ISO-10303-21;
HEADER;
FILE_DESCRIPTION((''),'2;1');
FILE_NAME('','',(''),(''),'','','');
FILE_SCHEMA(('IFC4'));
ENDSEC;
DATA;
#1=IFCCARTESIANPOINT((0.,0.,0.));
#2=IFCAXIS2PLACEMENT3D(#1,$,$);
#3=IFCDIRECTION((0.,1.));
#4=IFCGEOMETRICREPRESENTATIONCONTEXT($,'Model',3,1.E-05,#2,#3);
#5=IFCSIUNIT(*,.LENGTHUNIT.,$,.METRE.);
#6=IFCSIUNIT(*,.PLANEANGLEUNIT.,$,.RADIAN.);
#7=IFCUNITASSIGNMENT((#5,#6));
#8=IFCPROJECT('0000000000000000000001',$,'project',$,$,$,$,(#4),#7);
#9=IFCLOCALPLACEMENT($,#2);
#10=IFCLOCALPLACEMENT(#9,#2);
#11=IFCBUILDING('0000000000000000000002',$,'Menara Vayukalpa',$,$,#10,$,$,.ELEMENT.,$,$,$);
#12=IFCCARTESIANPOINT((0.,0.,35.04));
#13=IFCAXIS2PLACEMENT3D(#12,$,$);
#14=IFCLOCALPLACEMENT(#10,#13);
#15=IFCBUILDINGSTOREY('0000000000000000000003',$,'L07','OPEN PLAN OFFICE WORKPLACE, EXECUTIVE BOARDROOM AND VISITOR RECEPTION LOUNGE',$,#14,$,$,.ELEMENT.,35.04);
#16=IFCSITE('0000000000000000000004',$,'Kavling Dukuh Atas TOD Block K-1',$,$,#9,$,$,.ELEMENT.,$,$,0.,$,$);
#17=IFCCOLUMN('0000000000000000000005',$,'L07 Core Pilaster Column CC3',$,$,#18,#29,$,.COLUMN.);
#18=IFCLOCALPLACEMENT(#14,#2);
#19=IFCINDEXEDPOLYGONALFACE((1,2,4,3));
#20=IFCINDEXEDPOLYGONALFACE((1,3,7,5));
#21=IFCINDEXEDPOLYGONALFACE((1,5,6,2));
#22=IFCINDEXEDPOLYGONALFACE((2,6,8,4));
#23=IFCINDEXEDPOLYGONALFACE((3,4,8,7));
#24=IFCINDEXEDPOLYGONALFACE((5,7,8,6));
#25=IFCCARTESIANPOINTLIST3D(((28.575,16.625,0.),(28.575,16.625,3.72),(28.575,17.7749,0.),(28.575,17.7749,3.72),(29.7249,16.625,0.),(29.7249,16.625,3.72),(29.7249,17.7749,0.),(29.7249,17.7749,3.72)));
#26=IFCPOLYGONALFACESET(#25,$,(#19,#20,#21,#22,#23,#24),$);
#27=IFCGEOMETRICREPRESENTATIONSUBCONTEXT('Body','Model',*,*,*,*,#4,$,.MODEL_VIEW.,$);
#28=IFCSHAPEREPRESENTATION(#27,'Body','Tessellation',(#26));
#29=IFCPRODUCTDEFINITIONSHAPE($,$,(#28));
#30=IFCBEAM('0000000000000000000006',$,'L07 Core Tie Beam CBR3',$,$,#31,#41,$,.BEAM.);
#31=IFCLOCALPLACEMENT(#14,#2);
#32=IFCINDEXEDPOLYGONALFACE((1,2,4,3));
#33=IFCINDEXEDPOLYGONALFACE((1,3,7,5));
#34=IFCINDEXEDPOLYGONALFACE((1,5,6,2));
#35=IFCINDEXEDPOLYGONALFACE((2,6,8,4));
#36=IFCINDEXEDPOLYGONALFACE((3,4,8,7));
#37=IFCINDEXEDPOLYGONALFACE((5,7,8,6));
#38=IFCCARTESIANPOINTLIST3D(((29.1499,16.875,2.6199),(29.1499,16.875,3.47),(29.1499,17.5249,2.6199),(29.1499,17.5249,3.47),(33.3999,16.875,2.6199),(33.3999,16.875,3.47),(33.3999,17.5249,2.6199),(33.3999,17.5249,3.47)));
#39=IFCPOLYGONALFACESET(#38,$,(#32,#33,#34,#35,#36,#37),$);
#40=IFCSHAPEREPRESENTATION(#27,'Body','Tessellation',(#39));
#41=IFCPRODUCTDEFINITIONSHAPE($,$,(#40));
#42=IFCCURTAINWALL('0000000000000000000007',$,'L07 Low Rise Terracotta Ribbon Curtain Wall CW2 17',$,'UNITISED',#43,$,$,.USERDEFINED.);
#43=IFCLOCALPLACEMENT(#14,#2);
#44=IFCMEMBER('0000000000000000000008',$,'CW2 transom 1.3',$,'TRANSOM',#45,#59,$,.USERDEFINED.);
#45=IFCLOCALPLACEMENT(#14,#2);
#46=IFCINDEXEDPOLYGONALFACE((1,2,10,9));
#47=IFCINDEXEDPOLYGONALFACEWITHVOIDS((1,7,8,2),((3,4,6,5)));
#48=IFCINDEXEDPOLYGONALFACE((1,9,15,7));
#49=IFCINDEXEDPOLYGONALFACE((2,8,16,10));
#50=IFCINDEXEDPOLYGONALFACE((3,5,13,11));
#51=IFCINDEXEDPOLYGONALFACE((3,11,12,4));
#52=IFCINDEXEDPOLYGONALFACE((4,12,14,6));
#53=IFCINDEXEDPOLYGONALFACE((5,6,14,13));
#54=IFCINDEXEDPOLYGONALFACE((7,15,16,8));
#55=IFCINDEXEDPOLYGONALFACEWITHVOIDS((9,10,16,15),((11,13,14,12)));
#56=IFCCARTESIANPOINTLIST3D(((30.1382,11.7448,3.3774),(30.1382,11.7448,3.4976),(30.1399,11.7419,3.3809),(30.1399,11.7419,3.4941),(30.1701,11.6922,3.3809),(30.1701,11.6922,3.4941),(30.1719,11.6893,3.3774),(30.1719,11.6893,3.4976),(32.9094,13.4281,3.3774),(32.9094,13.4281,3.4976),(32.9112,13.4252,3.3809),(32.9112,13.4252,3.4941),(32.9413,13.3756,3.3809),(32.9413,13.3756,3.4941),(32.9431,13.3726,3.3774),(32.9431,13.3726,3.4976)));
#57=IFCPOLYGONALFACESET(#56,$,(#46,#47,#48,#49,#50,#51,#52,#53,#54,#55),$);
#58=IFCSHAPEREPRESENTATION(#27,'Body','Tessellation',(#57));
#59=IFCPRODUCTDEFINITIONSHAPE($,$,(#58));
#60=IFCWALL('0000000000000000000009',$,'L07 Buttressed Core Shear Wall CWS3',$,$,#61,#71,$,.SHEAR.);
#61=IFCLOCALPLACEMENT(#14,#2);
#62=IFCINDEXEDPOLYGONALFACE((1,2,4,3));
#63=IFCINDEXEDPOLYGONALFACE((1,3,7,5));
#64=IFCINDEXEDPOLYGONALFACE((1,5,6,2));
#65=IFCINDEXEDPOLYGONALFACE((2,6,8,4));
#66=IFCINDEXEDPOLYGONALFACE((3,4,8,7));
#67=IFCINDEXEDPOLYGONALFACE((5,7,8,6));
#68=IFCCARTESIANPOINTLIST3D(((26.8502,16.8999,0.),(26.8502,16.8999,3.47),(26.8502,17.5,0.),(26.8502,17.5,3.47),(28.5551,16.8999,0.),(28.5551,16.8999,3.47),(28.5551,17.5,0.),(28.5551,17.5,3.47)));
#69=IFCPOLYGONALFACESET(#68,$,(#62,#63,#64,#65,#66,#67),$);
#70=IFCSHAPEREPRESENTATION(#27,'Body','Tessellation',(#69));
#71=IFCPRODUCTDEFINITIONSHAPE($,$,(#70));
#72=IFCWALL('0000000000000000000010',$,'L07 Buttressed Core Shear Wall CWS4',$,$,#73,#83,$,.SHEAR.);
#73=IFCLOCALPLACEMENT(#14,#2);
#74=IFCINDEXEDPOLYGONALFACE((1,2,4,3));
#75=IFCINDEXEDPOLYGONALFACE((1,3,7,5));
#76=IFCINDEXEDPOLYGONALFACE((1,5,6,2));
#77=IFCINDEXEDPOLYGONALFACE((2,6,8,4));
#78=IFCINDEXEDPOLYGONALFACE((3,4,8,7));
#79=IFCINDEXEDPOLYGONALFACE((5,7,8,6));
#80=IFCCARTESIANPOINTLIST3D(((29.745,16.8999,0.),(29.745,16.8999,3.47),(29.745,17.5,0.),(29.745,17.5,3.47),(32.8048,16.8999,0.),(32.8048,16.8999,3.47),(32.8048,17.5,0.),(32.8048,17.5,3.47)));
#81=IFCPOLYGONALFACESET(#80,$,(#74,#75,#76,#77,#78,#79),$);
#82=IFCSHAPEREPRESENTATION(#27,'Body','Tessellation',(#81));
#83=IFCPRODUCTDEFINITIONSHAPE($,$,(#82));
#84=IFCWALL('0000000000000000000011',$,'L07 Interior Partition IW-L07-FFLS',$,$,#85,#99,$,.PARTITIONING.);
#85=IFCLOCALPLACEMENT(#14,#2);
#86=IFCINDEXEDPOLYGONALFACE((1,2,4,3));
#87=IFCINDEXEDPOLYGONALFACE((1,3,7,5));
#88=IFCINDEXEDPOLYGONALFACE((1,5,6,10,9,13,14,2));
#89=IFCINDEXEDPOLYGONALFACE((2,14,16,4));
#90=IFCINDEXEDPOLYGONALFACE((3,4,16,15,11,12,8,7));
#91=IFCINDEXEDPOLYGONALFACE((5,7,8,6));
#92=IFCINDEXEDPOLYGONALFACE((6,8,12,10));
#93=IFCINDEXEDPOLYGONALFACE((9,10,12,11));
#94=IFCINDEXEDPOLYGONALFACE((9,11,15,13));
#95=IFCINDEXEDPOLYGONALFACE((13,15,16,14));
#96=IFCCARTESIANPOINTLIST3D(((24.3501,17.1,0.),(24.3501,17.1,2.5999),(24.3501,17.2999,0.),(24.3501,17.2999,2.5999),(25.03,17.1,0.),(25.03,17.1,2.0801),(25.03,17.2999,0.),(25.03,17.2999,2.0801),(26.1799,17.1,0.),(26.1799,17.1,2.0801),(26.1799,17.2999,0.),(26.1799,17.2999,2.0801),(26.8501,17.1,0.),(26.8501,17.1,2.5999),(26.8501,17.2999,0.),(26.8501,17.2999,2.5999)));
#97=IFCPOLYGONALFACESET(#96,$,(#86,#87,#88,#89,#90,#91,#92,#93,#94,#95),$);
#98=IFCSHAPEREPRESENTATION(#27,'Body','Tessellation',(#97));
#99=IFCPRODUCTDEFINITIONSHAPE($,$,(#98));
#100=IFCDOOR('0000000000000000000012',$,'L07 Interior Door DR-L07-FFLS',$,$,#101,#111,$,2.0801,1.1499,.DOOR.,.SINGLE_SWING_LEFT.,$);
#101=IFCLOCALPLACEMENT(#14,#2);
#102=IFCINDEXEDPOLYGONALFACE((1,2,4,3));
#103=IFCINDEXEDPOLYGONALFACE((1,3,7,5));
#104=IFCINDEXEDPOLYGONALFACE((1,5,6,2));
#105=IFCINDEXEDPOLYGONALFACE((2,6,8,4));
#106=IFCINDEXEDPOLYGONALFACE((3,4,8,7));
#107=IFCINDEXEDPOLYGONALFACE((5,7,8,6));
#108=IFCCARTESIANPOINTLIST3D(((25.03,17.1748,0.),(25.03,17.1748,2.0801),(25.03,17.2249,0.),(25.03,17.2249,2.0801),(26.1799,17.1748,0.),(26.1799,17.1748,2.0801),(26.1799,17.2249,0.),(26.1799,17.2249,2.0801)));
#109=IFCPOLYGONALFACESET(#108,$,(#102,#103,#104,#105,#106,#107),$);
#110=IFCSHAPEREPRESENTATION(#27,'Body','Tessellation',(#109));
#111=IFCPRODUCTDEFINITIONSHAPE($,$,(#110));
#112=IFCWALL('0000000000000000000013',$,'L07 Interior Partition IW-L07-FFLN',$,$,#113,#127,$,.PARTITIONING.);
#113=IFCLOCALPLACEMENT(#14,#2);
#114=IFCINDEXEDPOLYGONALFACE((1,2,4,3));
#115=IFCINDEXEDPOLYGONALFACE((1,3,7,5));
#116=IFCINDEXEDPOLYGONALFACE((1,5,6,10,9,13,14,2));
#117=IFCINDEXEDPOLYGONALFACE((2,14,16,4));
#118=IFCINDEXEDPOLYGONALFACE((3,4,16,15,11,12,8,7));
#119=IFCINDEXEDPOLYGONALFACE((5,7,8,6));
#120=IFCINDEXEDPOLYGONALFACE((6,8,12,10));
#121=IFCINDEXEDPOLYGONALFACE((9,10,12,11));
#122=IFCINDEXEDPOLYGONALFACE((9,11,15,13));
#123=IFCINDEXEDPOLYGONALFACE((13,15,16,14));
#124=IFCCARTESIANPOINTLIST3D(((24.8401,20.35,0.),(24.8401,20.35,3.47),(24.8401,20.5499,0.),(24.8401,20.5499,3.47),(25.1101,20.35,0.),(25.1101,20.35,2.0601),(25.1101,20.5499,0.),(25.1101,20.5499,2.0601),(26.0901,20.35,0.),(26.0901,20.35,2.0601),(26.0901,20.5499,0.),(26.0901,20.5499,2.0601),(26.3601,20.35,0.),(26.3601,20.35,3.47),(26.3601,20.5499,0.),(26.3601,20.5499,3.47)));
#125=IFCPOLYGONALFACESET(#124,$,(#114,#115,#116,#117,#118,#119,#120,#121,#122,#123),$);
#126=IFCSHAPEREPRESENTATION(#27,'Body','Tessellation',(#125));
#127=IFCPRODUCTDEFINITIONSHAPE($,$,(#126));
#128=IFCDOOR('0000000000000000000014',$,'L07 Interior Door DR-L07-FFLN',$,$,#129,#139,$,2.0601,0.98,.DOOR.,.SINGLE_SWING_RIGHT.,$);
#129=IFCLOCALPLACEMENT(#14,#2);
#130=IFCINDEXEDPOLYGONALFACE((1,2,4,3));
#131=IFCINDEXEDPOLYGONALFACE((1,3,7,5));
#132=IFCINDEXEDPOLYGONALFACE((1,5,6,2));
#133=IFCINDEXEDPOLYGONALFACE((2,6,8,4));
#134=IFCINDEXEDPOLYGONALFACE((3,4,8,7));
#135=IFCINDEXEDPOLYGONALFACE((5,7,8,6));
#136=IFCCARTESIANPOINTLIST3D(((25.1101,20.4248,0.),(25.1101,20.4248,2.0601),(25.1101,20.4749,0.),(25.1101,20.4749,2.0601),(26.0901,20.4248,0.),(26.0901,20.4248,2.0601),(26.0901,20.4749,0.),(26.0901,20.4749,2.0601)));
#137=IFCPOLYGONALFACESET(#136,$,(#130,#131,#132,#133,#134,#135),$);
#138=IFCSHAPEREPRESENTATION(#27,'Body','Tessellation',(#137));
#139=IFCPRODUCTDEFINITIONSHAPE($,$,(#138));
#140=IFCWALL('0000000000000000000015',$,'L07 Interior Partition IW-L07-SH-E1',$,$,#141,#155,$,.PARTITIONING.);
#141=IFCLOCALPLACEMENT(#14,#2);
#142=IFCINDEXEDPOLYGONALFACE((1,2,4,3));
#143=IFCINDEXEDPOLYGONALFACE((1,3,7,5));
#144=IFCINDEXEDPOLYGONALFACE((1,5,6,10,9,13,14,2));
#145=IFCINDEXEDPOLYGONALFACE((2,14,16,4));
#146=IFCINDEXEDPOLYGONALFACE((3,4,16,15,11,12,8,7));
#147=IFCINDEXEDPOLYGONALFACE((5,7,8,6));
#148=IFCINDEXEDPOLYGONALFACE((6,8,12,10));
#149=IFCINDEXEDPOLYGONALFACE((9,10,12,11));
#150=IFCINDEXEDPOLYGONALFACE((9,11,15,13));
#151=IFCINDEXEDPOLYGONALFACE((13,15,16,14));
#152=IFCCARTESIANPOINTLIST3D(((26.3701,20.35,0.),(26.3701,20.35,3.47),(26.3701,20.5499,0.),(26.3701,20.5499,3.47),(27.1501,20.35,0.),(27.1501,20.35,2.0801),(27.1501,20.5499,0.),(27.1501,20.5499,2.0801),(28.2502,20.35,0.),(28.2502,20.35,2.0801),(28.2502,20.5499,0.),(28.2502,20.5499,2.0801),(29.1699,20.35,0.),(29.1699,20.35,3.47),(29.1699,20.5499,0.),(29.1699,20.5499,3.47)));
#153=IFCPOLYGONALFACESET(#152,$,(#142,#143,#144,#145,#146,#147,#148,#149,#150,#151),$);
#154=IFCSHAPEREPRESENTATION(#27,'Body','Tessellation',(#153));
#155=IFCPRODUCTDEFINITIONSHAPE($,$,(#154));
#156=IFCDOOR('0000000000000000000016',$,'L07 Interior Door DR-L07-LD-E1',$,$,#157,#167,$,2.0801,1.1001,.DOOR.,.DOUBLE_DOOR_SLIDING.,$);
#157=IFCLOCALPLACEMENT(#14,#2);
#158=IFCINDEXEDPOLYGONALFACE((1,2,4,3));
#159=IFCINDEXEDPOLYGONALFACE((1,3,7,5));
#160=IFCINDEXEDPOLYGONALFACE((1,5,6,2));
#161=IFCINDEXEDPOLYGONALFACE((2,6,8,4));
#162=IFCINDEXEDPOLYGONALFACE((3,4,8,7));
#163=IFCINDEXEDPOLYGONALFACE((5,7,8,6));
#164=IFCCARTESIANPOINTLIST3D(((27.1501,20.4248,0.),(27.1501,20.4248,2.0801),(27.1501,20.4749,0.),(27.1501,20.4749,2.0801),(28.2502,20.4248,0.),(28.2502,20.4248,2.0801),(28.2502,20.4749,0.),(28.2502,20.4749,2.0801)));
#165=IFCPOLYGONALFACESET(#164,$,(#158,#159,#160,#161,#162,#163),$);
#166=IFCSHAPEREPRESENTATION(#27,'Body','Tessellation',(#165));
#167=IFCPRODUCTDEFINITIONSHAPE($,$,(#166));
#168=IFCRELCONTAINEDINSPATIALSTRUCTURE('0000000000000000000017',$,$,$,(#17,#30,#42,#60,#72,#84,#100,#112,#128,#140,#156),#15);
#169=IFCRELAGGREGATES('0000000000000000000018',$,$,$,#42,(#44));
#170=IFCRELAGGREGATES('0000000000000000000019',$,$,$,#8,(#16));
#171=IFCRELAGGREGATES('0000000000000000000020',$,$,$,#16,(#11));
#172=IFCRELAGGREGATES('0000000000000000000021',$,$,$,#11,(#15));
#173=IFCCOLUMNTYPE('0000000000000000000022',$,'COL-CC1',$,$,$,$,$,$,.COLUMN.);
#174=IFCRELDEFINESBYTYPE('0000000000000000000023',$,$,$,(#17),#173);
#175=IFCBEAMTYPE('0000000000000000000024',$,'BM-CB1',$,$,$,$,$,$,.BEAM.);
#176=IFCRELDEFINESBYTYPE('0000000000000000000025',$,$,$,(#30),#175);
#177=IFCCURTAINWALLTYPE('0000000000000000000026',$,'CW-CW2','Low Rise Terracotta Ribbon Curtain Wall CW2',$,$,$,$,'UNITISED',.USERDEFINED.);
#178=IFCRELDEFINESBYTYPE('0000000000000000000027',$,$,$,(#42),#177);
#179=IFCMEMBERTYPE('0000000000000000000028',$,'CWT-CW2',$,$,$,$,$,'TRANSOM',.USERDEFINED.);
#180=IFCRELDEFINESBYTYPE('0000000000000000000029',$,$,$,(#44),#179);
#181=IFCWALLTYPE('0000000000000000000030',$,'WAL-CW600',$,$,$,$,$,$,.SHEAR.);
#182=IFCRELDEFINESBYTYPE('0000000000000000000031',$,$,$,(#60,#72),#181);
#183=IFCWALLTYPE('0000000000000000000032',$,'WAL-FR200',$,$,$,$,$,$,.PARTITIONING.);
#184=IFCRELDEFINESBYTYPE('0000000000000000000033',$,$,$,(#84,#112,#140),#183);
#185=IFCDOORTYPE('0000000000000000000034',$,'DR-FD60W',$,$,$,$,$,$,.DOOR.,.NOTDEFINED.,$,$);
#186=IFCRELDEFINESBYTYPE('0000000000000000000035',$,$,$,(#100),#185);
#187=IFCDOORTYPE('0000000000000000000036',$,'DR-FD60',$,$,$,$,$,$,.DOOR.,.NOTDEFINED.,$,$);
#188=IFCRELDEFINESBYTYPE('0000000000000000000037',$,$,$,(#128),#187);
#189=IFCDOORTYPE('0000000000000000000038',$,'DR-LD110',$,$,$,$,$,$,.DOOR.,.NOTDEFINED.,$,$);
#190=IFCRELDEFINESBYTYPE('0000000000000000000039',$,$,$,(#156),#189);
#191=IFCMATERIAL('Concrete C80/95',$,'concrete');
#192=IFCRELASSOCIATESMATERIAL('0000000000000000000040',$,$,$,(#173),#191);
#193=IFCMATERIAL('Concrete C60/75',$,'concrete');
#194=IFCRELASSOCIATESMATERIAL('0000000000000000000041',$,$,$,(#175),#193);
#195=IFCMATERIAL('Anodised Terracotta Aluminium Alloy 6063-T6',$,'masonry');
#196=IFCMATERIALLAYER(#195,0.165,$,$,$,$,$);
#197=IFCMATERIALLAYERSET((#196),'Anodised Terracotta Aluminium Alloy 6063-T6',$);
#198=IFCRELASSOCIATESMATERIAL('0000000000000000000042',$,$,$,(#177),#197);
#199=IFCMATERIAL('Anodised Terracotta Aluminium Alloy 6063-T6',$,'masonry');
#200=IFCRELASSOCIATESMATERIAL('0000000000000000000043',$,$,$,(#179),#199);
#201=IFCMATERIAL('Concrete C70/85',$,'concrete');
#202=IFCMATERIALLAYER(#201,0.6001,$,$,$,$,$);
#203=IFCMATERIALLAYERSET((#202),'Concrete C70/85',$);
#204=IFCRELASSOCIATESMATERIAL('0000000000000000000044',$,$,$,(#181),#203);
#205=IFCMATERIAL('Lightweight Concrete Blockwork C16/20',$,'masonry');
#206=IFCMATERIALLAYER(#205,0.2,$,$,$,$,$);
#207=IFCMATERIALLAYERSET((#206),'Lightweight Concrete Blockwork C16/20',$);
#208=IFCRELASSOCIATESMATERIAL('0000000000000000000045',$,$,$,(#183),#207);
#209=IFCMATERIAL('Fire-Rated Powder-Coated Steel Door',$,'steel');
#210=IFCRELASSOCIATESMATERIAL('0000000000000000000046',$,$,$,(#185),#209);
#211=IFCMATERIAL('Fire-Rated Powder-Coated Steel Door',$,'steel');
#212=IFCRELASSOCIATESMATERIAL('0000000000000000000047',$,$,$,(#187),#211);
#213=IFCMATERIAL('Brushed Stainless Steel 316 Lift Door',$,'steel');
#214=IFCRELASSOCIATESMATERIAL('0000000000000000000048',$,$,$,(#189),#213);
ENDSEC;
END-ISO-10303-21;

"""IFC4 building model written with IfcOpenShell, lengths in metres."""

from ifc_helpers import new_model, si_unit, direction, frame, frame_2d, origin, origin_2d, place, context, subcontext, project, spatial, rectangle, hollow_rectangle, extrude, material, layer, layer_set, material_profile, profile_set, type_object, element, fill, aggregate, save


model = new_model("IFC4")

# Units and contexts
model_context = context("Model", 3, precision=1e-05, world=origin(), true_north=direction((0.0, 1.0)))
body_context = subcontext(model_context, "Body", "Model", "MODEL_VIEW")
ifc_project = project(units=[si_unit("LENGTHUNIT", "METRE"), si_unit("PLANEANGLEUNIT", "RADIAN")], contexts=[model_context])

# Site, building, storey
site_placement = place(None, origin())
site = spatial("IfcSite", under=ifc_project, at=site_placement, Name="Kavling Dukuh Atas TOD Block K-1", CompositionType="ELEMENT", RefElevation=0.0)
building_placement = place(site_placement, origin())
building = spatial("IfcBuilding", under=site, at=building_placement, Name="Menara Vayukalpa", CompositionType="ELEMENT")
storey_placement = place(building_placement, frame((0.0, 0.0, 35.04)))
storey = spatial("IfcBuildingStorey", under=building, at=storey_placement, Name="L07", Description="OPEN PLAN OFFICE WORKPLACE, EXECUTIVE BOARDROOM AND VISITOR RECEPTION LOUNGE", CompositionType="ELEMENT", Elevation=35.04)

# Column
ifc_material_1 = material(Name="Concrete C80/95", Category="concrete")
ifc_material_profile_1 = material_profile(ifc_material_1, rectangle(XDim=1.1499, YDim=1.1499, at=origin_2d()), Name="RC 1150x1150")
ifc_profile_set_1 = profile_set([ifc_material_profile_1], Name="Concrete C80/95")
column_type = type_object("IfcColumnType", Name="COL-CC1", PredefinedType="COLUMN", material=ifc_profile_set_1)
column_placement = place(storey_placement, frame((29.1499, 17.2, 0.0), z_axis=(0.0, 0.0, 1.0), x_axis=(1.0, 0.0, 0.0)))
element("IfcColumn", 1, at=column_placement, inside=storey, type_object=column_type, Name="L07 Core Pilaster Column CC3", PredefinedType="COLUMN", context=body_context, shape_type="SweptSolid", body=[
    extrude(rectangle(XDim=1.1499, YDim=1.1499, at=origin_2d()), origin(), (0.0, 0.0, 1.0), 3.72),
])

# Beam
ifc_material_2 = material(Name="Concrete C60/75", Category="concrete")
ifc_material_profile_2 = material_profile(ifc_material_2, rectangle(XDim=0.6499, YDim=0.8501, at=origin_2d()), Name="RC 650x850")
ifc_profile_set_2 = profile_set([ifc_material_profile_2], Name="Concrete C60/75")
beam_type = type_object("IfcBeamType", Name="BM-CB1", PredefinedType="BEAM", material=ifc_profile_set_2)
beam_placement = place(storey_placement, frame((29.1499, 17.2, 3.0449), z_axis=(1.0, 0.0, 0.0), x_axis=(0.0, 1.0, 0.0)))
element("IfcBeam", 2, at=beam_placement, inside=storey, type_object=beam_type, Name="L07 Core Tie Beam CBR3", PredefinedType="BEAM", context=body_context, shape_type="SweptSolid", body=[
    extrude(rectangle(XDim=0.6499, YDim=0.8501, at=origin_2d()), origin(), (0.0, 0.0, 1.0), 4.25),
])

# Curtain wall, member
ifc_material_3 = material(Name="Anodised Terracotta Aluminium Alloy 6063-T6", Category="masonry")
ifc_layer_1 = layer(ifc_material_3, 0.165)
ifc_layer_set_1 = layer_set([ifc_layer_1], Name="Anodised Terracotta Aluminium Alloy 6063-T6")
curtain_wall_type = type_object("IfcCurtainWallType", Name="CW-CW2", Description="Low Rise Terracotta Ribbon Curtain Wall CW2", ElementType="UNITISED", PredefinedType="USERDEFINED", material=ifc_layer_set_1)
curtain_wall_placement = place(storey_placement, origin())
curtain_wall = element("IfcCurtainWall", 3, at=curtain_wall_placement, inside=storey, type_object=curtain_wall_type, Name="L07 Low Rise Terracotta Ribbon Curtain Wall CW2 17", ObjectType="UNITISED", PredefinedType="USERDEFINED")
ifc_material_4 = material(Name="Anodised Terracotta Aluminium Alloy 6063-T6", Category="masonry")
ifc_material_profile_3 = material_profile(ifc_material_4, hollow_rectangle(XDim=0.0649, YDim=0.1201, WallThickness=0.0034, at=origin_2d()), Name="ALU 65x120x3.5")
ifc_profile_set_3 = profile_set([ifc_material_profile_3], Name="Anodised Terracotta Aluminium Alloy 6063-T6")
member_type = type_object("IfcMemberType", Name="CWT-CW2", ElementType="TRANSOM", PredefinedType="USERDEFINED", material=ifc_profile_set_3)
member_placement = place(storey_placement, frame((30.155, 11.717, 3.4375), z_axis=(0.854677, 0.519161, 0.0), x_axis=(-0.519161, 0.854677, 0.0)))
member = element("IfcMember", 4, at=member_placement, type_object=member_type, Name="CW2 transom 1.3", ObjectType="TRANSOM", PredefinedType="USERDEFINED", context=body_context, shape_type="SweptSolid", body=[
    extrude(hollow_rectangle(XDim=0.0649, YDim=0.1201, WallThickness=0.0034, at=origin_2d()), origin(), (0.0, 0.0, 1.0), 3.2424),
])
aggregate(curtain_wall, [member])

# Walls
ifc_material_5 = material(Name="Concrete C70/85", Category="concrete")
ifc_layer_2 = layer(ifc_material_5, 0.6001)
ifc_layer_set_2 = layer_set([ifc_layer_2], Name="Concrete C70/85")
wall_type_1 = type_object("IfcWallType", Name="WAL-CW600", PredefinedType="SHEAR", material=ifc_layer_set_2)
wall_1_placement = place(storey_placement, frame((26.8501, 17.2, 0.0), z_axis=(0.0, 0.0, 1.0), x_axis=(1.0, 0.0, 0.0)))
element("IfcWall", 5, at=wall_1_placement, inside=storey, type_object=wall_type_1, Name="L07 Buttressed Core Shear Wall CWS3", PredefinedType="SHEAR", context=body_context, shape_type="SweptSolid", body=[
    extrude(rectangle(XDim=1.7048, YDim=0.6001, at=frame_2d((0.8525, 0.0))), origin(), (0.0, 0.0, 1.0), 3.47),
])
wall_2_placement = place(storey_placement, frame((29.7451, 17.2, 0.0), z_axis=(0.0, 0.0, 1.0), x_axis=(1.0, 0.0, 0.0)))
element("IfcWall", 6, at=wall_2_placement, inside=storey, type_object=wall_type_1, Name="L07 Buttressed Core Shear Wall CWS4", PredefinedType="SHEAR", context=body_context, shape_type="SweptSolid", body=[
    extrude(rectangle(XDim=3.0598, YDim=0.6001, at=frame_2d((1.5298, 0.0))), origin(), (0.0, 0.0, 1.0), 3.47),
])

# Walls, openings, doors
ifc_material_6 = material(Name="Lightweight Concrete Blockwork C16/20", Category="masonry")
ifc_layer_3 = layer(ifc_material_6, 0.2)
ifc_layer_set_3 = layer_set([ifc_layer_3], Name="Lightweight Concrete Blockwork C16/20")
wall_type_2 = type_object("IfcWallType", Name="WAL-FR200", PredefinedType="PARTITIONING", material=ifc_layer_set_3)
wall_3_placement = place(storey_placement, frame((24.3501, 17.2, 0.0), z_axis=(0.0, 0.0, 1.0), x_axis=(1.0, 0.0, 0.0)))
wall_3 = element("IfcWall", 7, at=wall_3_placement, inside=storey, type_object=wall_type_2, Name="L07 Interior Partition IW-L07-FFLS", PredefinedType="PARTITIONING", context=body_context, shape_type="SweptSolid", body=[
    extrude(rectangle(XDim=2.5, YDim=0.2, at=frame_2d((1.25, 0.0))), origin(), (0.0, 0.0, 1.0), 2.5999),
])
opening_1_placement = place(wall_3_placement, frame((0.6799, 0.0, 0.0)))
opening_1 = element("IfcOpeningElement", 8, at=opening_1_placement, cuts=wall_3, PredefinedType="OPENING", context=body_context, shape_type="SweptSolid", body=[
    extrude(rectangle(XDim=1.1499, YDim=2.0801, at=frame_2d((0.575, 1.04))), frame((0.0, 0.1099, 0.0), z_axis=(0.0, -1.0, 0.0), x_axis=(1.0, 0.0, 0.0)), (0.0, 0.0, 1.0), 0.22),
])
ifc_material_7 = material(Name="Fire-Rated Powder-Coated Steel Door", Category="steel")
door_type_1 = type_object("IfcDoorType", Name="DR-FD60W", OperationType="NOTDEFINED", PredefinedType="DOOR", material=ifc_material_7)
door_1_placement = place(opening_1_placement, origin())
door_1 = element("IfcDoor", 9, at=door_1_placement, inside=storey, type_object=door_type_1, Name="L07 Interior Door DR-L07-FFLS", OperationType="SINGLE_SWING_LEFT", OverallHeight=2.0801, OverallWidth=1.1499, PredefinedType="DOOR", context=body_context, shape_type="SweptSolid", body=[
    extrude(rectangle(XDim=1.1499, YDim=2.0801, at=frame_2d((0.575, 1.04))), frame((0.0, 0.0249, 0.0), z_axis=(0.0, -1.0, 0.0), x_axis=(1.0, 0.0, 0.0)), (0.0, 0.0, 1.0), 0.05),
])
fill(opening_1, door_1)
wall_4_placement = place(storey_placement, frame((24.8401, 20.45, 0.0), z_axis=(0.0, 0.0, 1.0), x_axis=(1.0, 0.0, 0.0)))
wall_4 = element("IfcWall", 10, at=wall_4_placement, inside=storey, type_object=wall_type_2, Name="L07 Interior Partition IW-L07-FFLN", PredefinedType="PARTITIONING", context=body_context, shape_type="SweptSolid", body=[
    extrude(rectangle(XDim=1.52, YDim=0.2, at=frame_2d((0.76, 0.0))), origin(), (0.0, 0.0, 1.0), 3.47),
])
opening_2_placement = place(wall_4_placement, frame((0.27, 0.0, 0.0)))
opening_2 = element("IfcOpeningElement", 11, at=opening_2_placement, cuts=wall_4, PredefinedType="OPENING", context=body_context, shape_type="SweptSolid", body=[
    extrude(rectangle(XDim=0.98, YDim=2.0601, at=frame_2d((0.49, 1.03))), frame((0.0, 0.1099, 0.0), z_axis=(0.0, -1.0, 0.0), x_axis=(1.0, 0.0, 0.0)), (0.0, 0.0, 1.0), 0.22),
])
ifc_material_8 = material(Name="Fire-Rated Powder-Coated Steel Door", Category="steel")
door_type_2 = type_object("IfcDoorType", Name="DR-FD60", OperationType="NOTDEFINED", PredefinedType="DOOR", material=ifc_material_8)
door_2_placement = place(opening_2_placement, origin())
door_2 = element("IfcDoor", 12, at=door_2_placement, inside=storey, type_object=door_type_2, Name="L07 Interior Door DR-L07-FFLN", OperationType="SINGLE_SWING_RIGHT", OverallHeight=2.0601, OverallWidth=0.98, PredefinedType="DOOR", context=body_context, shape_type="SweptSolid", body=[
    extrude(rectangle(XDim=0.98, YDim=2.0601, at=frame_2d((0.49, 1.03))), frame((0.0, 0.0249, 0.0), z_axis=(0.0, -1.0, 0.0), x_axis=(1.0, 0.0, 0.0)), (0.0, 0.0, 1.0), 0.05),
])
fill(opening_2, door_2)
wall_5_placement = place(storey_placement, frame((26.3701, 20.45, 0.0), z_axis=(0.0, 0.0, 1.0), x_axis=(1.0, 0.0, 0.0)))
wall_5 = element("IfcWall", 13, at=wall_5_placement, inside=storey, type_object=wall_type_2, Name="L07 Interior Partition IW-L07-SH-E1", PredefinedType="PARTITIONING", context=body_context, shape_type="SweptSolid", body=[
    extrude(rectangle(XDim=2.7998, YDim=0.2, at=frame_2d((1.3999, 0.0))), origin(), (0.0, 0.0, 1.0), 3.47),
])
opening_3_placement = place(wall_5_placement, frame((0.78, 0.0, 0.0)))
opening_3 = element("IfcOpeningElement", 14, at=opening_3_placement, cuts=wall_5, PredefinedType="OPENING", context=body_context, shape_type="SweptSolid", body=[
    extrude(rectangle(XDim=1.1001, YDim=2.0801, at=frame_2d((0.55, 1.04))), frame((0.0, 0.1099, 0.0), z_axis=(0.0, -1.0, 0.0), x_axis=(1.0, 0.0, 0.0)), (0.0, 0.0, 1.0), 0.22),
])
ifc_material_9 = material(Name="Brushed Stainless Steel 316 Lift Door", Category="steel")
door_type_3 = type_object("IfcDoorType", Name="DR-LD110", OperationType="NOTDEFINED", PredefinedType="DOOR", material=ifc_material_9)
door_3_placement = place(opening_3_placement, origin())
door_3 = element("IfcDoor", 15, at=door_3_placement, inside=storey, type_object=door_type_3, Name="L07 Interior Door DR-L07-LD-E1", OperationType="DOUBLE_DOOR_SLIDING", OverallHeight=2.0801, OverallWidth=1.1001, PredefinedType="DOOR", context=body_context, shape_type="SweptSolid", body=[
    extrude(rectangle(XDim=1.1001, YDim=2.0801, at=frame_2d((0.55, 1.04))), frame((0.0, 0.0249, 0.0), z_axis=(0.0, -1.0, 0.0), x_axis=(1.0, 0.0, 0.0)), (0.0, 0.0, 1.0), 0.05),
])
fill(opening_3, door_3)

save(model, "model.ifc")
